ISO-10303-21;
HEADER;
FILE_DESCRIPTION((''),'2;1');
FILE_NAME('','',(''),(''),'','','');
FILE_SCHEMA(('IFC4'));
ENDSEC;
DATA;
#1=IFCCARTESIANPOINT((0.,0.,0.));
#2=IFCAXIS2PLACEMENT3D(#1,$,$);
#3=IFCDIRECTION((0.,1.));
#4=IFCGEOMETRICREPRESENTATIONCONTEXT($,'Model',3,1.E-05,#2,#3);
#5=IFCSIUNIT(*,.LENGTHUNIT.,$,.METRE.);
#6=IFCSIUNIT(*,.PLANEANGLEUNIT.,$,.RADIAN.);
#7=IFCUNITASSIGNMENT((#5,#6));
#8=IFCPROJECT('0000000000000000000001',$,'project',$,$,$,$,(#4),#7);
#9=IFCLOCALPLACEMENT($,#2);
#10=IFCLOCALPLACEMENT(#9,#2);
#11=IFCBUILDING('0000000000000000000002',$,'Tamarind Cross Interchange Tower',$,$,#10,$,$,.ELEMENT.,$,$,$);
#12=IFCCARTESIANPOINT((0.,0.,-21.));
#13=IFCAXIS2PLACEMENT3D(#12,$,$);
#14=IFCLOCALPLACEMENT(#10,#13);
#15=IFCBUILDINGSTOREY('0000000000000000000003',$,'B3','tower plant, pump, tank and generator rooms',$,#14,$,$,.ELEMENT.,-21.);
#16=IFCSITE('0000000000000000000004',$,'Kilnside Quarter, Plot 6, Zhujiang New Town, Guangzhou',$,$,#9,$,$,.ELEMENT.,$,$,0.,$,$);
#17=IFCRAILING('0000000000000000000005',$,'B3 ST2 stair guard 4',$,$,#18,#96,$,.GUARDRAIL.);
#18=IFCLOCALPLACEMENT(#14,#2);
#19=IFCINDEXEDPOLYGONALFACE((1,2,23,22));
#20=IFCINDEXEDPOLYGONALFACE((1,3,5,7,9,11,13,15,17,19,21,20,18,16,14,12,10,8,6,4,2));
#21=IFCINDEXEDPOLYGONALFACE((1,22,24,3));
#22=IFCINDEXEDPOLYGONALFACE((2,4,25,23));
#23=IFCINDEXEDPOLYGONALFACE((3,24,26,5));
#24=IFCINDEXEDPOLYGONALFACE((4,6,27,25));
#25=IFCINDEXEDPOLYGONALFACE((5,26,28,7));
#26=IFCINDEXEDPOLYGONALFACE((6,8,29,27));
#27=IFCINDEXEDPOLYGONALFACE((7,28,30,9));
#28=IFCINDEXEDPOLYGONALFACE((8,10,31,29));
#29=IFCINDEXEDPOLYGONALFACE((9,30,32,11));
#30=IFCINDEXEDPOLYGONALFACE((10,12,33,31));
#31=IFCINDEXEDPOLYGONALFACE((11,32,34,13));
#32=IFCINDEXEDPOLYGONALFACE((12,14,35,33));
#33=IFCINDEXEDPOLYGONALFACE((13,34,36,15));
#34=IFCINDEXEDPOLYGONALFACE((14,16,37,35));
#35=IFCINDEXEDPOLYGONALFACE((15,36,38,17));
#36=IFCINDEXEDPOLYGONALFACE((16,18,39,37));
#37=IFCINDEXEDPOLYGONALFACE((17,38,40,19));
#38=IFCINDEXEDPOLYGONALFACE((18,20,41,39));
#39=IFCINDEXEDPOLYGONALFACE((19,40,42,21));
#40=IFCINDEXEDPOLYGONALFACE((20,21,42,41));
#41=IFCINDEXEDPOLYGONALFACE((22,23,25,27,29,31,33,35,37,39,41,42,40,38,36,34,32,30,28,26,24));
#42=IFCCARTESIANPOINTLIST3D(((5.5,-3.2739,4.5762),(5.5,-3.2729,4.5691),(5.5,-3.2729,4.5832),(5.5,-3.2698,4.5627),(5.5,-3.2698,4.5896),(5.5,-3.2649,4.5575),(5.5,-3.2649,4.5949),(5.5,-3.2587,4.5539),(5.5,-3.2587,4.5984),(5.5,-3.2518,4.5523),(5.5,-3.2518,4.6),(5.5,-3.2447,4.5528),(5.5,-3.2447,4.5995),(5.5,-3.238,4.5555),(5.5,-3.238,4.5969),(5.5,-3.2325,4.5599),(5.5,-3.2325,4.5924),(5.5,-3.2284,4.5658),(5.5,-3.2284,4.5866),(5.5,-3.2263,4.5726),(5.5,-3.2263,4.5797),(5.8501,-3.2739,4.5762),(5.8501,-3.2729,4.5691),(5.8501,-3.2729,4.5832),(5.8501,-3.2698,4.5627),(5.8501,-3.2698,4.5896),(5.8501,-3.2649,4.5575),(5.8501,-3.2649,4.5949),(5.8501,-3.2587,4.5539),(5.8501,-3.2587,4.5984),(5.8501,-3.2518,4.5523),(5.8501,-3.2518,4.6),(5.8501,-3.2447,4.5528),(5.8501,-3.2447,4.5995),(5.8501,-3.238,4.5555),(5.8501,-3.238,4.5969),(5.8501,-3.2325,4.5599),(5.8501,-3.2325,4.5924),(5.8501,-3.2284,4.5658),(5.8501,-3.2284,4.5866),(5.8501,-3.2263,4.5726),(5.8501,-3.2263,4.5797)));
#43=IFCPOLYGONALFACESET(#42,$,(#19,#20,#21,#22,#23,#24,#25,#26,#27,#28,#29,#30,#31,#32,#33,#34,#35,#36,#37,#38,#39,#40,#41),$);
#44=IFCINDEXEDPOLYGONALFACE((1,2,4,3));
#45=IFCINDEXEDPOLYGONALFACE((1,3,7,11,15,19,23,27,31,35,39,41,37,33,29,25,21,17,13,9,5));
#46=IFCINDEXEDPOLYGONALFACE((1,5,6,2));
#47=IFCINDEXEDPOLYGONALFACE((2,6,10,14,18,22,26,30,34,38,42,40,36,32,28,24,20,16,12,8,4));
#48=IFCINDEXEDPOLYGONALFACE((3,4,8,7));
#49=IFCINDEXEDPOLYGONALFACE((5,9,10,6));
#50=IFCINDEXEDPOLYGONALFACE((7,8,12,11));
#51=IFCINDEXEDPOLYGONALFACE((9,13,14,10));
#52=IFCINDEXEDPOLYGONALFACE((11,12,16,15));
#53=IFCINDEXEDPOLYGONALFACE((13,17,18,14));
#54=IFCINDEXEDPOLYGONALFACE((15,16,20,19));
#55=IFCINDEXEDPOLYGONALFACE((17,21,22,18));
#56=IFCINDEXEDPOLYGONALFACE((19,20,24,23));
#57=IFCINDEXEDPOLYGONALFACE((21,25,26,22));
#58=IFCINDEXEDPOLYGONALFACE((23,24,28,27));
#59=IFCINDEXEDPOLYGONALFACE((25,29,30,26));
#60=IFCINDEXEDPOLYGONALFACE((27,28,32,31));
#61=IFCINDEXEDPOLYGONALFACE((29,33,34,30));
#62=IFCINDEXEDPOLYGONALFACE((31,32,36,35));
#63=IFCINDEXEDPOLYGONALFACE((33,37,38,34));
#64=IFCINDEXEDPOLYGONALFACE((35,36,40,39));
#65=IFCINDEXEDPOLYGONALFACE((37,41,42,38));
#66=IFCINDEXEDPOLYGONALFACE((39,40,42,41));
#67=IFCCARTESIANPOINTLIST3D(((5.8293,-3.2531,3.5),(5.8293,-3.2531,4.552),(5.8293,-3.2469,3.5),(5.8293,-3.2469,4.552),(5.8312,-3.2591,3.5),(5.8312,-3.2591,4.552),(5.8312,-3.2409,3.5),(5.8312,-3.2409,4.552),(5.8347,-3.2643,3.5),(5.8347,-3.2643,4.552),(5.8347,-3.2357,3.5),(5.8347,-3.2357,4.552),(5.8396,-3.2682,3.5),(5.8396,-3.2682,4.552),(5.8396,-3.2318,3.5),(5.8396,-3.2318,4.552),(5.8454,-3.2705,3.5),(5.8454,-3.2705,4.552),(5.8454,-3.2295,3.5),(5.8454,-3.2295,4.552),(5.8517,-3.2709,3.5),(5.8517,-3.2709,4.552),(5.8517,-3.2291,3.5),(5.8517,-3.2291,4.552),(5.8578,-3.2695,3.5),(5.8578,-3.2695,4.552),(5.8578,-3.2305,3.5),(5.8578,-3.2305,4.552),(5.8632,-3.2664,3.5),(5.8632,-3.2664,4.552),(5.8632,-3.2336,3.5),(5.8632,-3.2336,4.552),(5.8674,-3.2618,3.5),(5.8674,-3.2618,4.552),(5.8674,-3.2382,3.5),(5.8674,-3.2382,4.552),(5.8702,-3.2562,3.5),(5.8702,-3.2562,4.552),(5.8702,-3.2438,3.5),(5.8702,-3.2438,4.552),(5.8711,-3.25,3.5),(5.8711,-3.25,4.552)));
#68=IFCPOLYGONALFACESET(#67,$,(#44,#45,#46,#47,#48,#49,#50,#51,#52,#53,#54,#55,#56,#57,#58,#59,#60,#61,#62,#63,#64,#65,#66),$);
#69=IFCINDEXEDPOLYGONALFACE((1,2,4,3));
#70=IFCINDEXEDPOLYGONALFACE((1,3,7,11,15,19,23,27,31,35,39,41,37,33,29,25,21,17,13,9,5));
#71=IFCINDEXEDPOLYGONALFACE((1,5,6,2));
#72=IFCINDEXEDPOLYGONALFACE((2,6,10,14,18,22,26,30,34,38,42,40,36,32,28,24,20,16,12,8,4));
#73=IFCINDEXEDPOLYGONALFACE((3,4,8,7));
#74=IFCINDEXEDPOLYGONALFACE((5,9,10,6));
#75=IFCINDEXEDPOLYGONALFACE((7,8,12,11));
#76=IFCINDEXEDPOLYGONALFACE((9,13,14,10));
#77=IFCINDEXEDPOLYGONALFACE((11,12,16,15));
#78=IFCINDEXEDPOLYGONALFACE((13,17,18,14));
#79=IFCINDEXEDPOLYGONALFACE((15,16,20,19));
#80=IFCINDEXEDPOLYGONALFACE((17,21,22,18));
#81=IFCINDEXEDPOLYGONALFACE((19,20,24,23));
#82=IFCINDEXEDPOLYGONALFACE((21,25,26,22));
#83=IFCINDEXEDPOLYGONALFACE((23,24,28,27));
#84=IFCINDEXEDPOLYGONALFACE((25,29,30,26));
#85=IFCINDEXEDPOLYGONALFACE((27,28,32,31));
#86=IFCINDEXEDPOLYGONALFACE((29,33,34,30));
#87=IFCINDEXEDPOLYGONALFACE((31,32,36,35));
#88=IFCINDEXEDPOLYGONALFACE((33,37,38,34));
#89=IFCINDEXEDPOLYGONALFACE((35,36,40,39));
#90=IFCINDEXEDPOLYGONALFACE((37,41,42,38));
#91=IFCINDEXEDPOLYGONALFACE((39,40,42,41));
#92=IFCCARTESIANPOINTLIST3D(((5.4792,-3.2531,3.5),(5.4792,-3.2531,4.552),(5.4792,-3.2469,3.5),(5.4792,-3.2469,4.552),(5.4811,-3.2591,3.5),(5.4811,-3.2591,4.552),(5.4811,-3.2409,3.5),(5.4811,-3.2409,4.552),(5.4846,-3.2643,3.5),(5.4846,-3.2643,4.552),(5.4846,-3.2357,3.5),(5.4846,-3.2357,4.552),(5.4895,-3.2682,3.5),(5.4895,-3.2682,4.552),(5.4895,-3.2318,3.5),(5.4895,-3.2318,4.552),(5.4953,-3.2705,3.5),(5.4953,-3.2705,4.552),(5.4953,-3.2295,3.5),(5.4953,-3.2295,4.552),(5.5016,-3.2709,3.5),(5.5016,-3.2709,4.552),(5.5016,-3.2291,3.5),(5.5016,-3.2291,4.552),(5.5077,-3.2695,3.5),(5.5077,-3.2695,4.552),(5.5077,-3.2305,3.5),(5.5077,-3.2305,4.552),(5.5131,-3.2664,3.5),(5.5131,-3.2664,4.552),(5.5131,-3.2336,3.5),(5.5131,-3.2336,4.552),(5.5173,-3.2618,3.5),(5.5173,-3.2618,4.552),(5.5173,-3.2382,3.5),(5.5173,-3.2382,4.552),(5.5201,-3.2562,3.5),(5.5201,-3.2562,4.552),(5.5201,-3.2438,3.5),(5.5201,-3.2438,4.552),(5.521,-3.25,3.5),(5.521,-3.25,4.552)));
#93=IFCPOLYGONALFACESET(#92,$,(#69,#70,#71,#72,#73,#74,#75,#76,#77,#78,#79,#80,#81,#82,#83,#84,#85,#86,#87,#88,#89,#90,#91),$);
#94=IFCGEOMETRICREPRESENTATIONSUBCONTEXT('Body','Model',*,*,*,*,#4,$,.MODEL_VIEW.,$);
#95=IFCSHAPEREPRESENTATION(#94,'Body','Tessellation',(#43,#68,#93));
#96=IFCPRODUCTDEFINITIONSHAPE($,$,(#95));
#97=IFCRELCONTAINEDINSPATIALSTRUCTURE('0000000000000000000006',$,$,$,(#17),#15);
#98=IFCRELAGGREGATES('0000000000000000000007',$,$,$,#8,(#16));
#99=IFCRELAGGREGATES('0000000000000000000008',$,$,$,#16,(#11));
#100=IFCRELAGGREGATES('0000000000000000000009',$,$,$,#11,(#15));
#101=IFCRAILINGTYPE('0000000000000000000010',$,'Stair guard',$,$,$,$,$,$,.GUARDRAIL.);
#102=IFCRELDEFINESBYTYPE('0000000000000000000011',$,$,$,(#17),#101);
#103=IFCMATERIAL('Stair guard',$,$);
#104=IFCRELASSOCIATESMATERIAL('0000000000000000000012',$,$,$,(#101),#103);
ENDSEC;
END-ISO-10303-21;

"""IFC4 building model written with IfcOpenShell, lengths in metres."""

from ifc_helpers import new_model, si_unit, direction, frame, origin, origin_2d, place, context, subcontext, project, spatial, circle, extrude, material, type_object, element, save


model = new_model("IFC4")

# Units and contexts
model_context = context("Model", 3, precision=1e-05, world=origin(), true_north=direction((0.0, 1.0)))
body_context = subcontext(model_context, "Body", "Model", "MODEL_VIEW")
ifc_project = project(units=[si_unit("LENGTHUNIT", "METRE"), si_unit("PLANEANGLEUNIT", "RADIAN")], contexts=[model_context])

# Site, building, storey
site_placement = place(None, origin())
site = spatial("IfcSite", under=ifc_project, at=site_placement, Name="Kilnside Quarter, Plot 6, Zhujiang New Town, Guangzhou", CompositionType="ELEMENT", RefElevation=0.0)
building_placement = place(site_placement, origin())
building = spatial("IfcBuilding", under=site, at=building_placement, Name="Tamarind Cross Interchange Tower", CompositionType="ELEMENT")
storey_placement = place(building_placement, frame((0.0, 0.0, -21.0)))
storey = spatial("IfcBuildingStorey", under=building, at=storey_placement, Name="B3", Description="tower plant, pump, tank and generator rooms", CompositionType="ELEMENT", Elevation=-21.0)

# Railing
ifc_material_1 = material(Name="Stair guard")
railing_type_1 = type_object("IfcRailingType", Name="Stair guard", PredefinedType="GUARDRAIL", material=ifc_material_1)
railing_1_placement = place(storey_placement, frame((5.8501, -3.25, 3.5)))
element("IfcRailing", 1, at=railing_1_placement, inside=storey, type_object=railing_type_1, Name="B3 ST2 stair guard 4", PredefinedType="GUARDRAIL", context=body_context, shape_type="SweptSolid", body=[
    extrude(circle(Radius=0.0239, at=origin_2d()), frame((0.0, 0.0, 1.0762), z_axis=(-1.0, 0.0, 0.0), x_axis=(0.0, -1.0, 0.0)), (0.0, 0.0, 1.0), 0.3501),
    extrude(circle(Radius=0.021, at=origin_2d()), origin(), (0.0, 0.0, 1.0), 1.052),
    extrude(circle(Radius=0.021, at=origin_2d()), frame((-0.3501, 0.0, 0.0)), (0.0, 0.0, 1.0), 1.052),
])

save(model, "model.ifc")
